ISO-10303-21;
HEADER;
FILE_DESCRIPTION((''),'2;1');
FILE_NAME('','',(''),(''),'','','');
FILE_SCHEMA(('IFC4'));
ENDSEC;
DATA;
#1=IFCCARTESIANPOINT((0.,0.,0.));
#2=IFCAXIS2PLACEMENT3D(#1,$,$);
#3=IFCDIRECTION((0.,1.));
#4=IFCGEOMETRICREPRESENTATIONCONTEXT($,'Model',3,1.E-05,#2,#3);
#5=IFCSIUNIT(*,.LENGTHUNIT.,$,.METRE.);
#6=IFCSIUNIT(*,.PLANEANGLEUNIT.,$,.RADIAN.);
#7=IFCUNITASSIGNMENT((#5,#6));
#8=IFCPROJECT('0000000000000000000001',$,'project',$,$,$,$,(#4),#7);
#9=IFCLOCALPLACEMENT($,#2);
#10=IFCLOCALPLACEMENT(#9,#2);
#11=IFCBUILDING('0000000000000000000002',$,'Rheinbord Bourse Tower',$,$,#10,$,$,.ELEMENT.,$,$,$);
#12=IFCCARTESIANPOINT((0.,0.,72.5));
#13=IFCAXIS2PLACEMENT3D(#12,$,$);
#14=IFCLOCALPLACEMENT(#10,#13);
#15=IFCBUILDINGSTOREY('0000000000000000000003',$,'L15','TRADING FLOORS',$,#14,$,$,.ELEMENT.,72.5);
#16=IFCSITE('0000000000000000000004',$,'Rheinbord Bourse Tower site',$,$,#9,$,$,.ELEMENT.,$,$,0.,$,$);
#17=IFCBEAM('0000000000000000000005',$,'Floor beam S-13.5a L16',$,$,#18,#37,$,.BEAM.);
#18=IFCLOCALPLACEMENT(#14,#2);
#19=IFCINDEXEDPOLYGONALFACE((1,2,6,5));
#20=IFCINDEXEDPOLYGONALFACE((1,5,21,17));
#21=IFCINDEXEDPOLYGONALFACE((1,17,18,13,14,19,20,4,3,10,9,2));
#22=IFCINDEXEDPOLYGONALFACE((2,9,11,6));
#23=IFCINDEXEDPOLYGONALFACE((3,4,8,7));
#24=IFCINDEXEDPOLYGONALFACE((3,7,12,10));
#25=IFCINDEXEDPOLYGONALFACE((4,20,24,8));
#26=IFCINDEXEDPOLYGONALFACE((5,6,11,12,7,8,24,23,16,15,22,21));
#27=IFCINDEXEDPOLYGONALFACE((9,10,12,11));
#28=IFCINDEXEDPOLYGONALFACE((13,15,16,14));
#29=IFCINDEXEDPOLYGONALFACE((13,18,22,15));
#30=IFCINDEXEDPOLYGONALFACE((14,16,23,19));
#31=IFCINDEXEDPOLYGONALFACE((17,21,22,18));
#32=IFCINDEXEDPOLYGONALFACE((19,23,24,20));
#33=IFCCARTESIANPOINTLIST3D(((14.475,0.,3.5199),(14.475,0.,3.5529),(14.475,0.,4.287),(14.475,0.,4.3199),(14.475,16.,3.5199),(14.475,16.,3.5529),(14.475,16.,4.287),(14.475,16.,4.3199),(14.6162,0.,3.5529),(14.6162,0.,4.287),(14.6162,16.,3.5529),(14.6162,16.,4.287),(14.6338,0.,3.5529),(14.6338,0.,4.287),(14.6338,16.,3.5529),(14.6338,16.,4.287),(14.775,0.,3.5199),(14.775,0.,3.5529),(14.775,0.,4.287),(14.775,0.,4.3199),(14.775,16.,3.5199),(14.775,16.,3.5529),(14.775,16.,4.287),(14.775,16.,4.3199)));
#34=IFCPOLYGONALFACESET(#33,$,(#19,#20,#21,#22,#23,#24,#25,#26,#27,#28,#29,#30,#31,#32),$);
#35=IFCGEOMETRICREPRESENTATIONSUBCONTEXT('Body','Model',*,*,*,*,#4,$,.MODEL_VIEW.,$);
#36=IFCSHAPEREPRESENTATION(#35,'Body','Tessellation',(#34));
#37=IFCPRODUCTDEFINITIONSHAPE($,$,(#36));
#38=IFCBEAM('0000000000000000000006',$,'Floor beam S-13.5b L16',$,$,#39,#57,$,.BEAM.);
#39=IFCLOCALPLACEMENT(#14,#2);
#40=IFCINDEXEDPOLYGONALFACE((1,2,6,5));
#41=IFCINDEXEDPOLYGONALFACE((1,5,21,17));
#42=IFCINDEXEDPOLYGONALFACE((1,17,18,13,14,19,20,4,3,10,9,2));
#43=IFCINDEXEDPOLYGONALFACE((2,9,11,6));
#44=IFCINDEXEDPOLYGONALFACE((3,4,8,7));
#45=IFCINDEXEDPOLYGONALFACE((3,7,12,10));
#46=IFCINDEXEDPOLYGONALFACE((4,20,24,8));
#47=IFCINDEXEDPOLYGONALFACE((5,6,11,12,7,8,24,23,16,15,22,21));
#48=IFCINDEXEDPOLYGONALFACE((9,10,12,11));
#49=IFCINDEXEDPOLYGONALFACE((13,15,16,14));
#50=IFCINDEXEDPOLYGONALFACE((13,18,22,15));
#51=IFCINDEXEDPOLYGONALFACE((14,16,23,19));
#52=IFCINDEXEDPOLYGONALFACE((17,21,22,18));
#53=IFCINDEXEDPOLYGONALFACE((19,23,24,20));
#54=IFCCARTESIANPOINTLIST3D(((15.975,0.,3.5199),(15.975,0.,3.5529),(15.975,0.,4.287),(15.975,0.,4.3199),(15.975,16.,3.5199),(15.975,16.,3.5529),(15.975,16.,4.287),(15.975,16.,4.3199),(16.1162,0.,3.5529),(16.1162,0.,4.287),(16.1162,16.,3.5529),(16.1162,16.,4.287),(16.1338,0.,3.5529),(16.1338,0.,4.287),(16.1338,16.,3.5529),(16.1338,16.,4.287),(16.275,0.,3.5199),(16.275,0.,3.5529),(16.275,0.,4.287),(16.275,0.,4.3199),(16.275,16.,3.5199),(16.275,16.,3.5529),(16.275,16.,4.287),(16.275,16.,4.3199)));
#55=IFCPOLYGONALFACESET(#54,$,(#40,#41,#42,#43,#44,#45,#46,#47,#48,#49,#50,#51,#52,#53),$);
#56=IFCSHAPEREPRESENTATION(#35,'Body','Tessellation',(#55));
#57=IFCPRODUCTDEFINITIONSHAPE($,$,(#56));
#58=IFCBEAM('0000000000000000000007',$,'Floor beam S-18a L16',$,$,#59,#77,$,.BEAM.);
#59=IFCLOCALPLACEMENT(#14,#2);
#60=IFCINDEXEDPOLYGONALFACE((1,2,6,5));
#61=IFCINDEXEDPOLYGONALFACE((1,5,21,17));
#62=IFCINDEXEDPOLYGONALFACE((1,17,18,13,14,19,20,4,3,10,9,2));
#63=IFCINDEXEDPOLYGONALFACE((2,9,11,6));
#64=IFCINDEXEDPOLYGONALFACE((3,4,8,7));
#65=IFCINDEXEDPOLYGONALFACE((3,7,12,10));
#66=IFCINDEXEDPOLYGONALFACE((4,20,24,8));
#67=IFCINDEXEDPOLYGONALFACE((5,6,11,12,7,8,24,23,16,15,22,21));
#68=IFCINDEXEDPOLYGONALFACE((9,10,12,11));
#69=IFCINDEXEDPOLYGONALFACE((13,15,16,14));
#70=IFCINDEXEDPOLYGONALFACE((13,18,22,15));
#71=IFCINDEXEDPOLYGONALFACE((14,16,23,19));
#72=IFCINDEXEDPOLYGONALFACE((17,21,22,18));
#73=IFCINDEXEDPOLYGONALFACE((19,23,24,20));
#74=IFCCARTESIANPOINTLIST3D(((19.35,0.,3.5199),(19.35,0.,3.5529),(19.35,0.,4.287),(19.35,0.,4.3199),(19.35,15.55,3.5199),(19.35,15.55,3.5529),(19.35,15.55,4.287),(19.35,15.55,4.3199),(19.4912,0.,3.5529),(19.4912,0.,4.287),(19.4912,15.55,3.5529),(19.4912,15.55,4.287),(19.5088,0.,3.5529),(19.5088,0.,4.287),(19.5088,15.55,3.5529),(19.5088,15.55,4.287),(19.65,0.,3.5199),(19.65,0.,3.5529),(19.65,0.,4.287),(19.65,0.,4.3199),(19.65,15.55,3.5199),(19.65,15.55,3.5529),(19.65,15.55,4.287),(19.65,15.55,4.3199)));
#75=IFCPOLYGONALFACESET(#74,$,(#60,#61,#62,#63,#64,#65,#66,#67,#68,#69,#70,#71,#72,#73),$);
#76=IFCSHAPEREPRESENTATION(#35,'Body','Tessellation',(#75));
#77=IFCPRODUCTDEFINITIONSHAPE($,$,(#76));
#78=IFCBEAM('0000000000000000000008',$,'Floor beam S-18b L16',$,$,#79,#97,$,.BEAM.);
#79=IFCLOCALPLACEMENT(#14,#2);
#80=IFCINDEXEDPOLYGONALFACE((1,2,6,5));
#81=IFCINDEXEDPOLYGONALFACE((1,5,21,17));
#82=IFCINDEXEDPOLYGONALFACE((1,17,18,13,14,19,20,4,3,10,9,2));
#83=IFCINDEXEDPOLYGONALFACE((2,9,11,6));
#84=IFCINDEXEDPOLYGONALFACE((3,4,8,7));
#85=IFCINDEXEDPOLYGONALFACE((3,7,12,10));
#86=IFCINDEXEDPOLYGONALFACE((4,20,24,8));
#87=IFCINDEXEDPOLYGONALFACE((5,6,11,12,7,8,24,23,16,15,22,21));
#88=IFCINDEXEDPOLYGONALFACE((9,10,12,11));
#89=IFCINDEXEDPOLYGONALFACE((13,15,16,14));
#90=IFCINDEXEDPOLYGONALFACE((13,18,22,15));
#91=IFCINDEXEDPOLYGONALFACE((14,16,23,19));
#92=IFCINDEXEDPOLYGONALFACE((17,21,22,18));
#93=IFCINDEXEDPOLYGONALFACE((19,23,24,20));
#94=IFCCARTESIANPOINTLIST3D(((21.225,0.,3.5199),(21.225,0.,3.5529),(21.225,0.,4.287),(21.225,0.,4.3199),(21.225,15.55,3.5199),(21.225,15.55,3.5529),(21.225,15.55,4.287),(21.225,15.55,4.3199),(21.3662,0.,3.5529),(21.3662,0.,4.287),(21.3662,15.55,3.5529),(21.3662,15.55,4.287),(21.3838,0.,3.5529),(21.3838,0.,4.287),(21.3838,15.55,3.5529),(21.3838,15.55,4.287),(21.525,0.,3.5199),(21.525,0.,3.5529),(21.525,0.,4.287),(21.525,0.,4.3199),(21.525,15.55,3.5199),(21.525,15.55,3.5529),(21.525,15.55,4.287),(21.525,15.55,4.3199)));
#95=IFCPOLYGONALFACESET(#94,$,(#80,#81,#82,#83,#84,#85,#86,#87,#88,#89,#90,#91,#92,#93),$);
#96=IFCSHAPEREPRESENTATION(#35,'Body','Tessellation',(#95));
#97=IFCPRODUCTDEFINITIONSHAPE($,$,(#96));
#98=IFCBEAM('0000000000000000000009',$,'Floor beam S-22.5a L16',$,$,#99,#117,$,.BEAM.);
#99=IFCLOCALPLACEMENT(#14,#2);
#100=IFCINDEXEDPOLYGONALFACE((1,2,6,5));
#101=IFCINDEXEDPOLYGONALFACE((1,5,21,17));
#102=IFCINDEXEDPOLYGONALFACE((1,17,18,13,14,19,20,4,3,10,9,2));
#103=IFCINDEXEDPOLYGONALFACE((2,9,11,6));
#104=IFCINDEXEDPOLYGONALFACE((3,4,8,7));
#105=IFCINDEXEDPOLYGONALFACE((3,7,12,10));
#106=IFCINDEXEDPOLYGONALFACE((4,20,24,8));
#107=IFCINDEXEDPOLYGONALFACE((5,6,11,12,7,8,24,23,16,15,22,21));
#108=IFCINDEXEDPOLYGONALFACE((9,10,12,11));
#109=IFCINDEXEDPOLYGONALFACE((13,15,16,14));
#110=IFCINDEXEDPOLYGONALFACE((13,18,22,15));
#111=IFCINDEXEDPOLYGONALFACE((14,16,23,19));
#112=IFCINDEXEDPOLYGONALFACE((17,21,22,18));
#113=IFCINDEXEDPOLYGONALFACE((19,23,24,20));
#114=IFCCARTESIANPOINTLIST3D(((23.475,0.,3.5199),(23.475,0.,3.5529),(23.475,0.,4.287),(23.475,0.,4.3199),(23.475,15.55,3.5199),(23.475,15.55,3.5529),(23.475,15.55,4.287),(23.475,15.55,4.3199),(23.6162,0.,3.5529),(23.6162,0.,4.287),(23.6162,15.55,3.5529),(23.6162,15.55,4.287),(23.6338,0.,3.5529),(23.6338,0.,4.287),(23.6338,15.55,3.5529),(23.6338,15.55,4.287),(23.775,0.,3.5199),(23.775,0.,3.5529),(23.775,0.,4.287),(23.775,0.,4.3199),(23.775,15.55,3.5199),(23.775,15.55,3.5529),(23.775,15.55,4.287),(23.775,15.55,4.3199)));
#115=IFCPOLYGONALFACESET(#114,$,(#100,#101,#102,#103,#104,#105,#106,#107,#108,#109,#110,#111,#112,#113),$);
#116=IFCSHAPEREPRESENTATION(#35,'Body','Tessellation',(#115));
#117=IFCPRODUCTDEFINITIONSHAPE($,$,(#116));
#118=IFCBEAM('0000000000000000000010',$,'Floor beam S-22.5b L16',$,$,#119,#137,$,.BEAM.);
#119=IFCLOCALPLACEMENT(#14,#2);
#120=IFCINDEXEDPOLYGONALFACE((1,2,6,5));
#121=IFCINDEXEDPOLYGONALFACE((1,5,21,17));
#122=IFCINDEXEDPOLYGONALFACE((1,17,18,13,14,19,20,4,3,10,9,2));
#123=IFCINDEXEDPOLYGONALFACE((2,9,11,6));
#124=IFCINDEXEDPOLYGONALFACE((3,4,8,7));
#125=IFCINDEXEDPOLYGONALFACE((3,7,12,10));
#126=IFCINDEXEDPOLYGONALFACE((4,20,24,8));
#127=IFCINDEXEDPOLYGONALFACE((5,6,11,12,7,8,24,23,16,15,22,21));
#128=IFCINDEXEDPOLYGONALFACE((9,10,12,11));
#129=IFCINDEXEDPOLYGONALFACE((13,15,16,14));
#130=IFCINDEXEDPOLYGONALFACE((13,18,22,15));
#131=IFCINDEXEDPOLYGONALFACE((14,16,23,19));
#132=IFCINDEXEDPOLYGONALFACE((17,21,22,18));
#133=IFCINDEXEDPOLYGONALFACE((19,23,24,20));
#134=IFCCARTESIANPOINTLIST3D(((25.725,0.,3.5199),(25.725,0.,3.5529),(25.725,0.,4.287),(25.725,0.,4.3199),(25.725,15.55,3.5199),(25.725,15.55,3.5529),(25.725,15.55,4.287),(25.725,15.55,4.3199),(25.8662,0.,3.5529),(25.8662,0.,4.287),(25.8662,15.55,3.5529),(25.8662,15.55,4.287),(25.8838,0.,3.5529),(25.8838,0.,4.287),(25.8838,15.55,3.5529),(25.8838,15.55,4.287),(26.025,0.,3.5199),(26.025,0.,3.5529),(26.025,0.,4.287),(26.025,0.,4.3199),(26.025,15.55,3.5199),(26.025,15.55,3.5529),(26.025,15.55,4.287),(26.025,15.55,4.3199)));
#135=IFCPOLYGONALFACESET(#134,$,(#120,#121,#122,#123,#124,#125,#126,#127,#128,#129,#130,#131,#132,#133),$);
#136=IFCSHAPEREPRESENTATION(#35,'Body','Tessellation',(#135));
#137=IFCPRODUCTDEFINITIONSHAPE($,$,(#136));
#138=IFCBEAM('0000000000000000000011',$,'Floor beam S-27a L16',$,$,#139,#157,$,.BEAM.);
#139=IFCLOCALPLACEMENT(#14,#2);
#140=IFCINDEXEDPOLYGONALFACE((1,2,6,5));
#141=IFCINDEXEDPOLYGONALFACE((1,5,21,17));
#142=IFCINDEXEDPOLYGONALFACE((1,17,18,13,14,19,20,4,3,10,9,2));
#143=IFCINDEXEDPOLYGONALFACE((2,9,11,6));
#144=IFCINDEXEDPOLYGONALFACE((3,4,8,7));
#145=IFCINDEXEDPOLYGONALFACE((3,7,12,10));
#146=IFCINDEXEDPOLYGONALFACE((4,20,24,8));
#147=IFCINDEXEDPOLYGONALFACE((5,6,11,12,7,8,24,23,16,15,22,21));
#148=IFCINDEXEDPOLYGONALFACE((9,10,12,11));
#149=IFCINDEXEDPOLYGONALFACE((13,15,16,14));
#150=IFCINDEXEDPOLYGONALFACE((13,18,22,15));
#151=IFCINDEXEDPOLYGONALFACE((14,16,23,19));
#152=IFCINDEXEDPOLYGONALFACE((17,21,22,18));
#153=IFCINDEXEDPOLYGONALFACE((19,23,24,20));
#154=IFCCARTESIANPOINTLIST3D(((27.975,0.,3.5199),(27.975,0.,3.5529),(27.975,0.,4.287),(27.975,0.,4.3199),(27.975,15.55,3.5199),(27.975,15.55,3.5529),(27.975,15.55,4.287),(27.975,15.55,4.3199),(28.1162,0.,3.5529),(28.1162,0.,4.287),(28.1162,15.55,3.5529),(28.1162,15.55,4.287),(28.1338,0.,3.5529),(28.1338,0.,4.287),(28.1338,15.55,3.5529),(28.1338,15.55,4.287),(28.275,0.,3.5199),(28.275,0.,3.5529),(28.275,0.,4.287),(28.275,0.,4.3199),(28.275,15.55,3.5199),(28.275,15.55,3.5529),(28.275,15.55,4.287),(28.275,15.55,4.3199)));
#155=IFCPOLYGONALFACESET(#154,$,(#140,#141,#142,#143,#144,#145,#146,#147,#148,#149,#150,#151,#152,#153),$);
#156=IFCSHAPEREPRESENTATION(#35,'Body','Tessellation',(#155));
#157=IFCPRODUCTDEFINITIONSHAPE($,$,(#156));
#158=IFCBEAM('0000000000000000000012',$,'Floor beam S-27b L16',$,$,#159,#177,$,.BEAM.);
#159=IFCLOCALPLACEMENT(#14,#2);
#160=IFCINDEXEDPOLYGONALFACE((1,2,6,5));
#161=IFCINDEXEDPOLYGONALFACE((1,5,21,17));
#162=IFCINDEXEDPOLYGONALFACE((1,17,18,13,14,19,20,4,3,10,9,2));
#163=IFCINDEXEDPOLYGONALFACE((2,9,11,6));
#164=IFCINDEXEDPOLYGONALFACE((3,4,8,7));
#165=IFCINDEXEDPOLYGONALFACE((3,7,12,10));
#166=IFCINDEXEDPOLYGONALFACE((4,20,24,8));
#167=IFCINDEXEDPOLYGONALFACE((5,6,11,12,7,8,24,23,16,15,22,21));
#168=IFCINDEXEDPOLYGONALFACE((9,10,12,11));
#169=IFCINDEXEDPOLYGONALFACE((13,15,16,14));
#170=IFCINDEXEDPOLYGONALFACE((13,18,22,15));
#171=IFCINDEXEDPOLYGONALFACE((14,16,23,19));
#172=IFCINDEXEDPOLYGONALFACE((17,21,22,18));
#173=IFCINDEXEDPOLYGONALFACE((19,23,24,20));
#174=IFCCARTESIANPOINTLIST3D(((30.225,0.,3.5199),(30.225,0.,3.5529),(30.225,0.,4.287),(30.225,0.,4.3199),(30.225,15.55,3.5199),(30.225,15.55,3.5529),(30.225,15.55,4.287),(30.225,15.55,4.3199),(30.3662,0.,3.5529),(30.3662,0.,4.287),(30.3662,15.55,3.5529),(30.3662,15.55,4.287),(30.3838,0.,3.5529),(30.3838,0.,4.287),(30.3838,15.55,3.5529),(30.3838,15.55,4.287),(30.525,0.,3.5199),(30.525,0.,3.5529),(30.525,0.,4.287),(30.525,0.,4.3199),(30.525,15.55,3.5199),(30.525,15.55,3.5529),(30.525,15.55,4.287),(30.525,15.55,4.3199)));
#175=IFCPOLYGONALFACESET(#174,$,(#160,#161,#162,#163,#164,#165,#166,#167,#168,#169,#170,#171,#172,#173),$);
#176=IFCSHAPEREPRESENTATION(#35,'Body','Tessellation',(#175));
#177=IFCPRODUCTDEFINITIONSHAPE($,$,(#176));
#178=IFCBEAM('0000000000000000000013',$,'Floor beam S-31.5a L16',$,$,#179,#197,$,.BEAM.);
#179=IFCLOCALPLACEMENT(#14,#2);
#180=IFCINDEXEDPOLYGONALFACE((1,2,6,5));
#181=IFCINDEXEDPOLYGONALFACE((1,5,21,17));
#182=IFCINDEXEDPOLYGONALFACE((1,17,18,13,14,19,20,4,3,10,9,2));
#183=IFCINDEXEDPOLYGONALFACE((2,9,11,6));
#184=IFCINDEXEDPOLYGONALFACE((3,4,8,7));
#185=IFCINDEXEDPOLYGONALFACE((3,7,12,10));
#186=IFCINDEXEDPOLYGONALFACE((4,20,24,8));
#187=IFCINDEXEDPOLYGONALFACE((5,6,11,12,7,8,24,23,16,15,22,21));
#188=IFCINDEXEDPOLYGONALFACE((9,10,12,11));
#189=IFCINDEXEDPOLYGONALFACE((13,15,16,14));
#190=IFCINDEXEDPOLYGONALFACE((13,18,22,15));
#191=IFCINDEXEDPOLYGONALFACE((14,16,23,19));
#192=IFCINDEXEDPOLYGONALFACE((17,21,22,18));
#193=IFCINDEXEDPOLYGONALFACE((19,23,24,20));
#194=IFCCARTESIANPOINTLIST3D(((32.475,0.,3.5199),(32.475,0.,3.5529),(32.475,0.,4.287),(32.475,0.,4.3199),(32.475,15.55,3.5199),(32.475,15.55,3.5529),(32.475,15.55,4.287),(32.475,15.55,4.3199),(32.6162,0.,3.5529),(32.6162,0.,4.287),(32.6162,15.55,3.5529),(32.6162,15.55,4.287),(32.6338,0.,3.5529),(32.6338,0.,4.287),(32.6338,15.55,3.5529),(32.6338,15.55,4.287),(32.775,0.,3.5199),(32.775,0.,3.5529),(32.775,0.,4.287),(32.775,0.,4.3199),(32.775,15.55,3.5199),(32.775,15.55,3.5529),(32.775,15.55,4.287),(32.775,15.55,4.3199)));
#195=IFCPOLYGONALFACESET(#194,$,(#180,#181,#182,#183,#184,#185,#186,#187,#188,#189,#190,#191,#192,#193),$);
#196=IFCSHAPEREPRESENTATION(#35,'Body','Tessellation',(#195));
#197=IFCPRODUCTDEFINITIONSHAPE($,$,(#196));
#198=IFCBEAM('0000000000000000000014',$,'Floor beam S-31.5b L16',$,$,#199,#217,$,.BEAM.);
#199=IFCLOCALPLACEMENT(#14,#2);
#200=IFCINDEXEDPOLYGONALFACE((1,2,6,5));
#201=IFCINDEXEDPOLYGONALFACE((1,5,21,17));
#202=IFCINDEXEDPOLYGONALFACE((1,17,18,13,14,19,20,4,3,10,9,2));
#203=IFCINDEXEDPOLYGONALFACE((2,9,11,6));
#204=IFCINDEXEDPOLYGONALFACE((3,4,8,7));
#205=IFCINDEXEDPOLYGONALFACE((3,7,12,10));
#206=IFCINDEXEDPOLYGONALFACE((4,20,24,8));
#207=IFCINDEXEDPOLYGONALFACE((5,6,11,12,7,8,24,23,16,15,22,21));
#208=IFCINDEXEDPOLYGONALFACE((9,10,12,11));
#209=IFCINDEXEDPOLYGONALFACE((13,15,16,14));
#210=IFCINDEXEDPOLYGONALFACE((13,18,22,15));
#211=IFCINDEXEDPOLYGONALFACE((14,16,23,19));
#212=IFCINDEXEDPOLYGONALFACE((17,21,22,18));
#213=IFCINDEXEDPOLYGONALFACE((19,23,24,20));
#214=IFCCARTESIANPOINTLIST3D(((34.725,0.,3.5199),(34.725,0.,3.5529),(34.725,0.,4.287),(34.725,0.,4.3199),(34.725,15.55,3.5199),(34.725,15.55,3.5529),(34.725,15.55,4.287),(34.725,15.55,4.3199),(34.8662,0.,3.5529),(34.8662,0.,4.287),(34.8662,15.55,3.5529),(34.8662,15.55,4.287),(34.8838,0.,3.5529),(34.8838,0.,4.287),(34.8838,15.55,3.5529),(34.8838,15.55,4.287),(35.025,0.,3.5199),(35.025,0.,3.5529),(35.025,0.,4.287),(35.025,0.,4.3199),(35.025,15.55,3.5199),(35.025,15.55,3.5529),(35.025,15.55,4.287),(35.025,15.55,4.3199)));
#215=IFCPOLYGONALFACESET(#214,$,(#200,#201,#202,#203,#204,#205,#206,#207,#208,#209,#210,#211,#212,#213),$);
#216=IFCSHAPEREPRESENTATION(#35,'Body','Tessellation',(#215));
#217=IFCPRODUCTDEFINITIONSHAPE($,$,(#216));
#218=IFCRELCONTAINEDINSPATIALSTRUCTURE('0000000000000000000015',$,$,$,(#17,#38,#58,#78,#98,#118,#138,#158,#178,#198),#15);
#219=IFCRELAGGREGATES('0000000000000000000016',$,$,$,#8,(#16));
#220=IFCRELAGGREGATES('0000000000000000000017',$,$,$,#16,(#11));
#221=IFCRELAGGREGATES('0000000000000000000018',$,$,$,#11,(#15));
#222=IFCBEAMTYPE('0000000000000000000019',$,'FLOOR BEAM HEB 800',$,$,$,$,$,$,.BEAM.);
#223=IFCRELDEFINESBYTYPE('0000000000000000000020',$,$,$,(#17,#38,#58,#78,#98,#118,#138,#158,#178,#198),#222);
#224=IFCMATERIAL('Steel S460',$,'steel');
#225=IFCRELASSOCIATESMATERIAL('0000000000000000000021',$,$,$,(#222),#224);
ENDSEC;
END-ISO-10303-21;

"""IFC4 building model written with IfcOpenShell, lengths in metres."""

from ifc_helpers import new_model, si_unit, direction, frame, origin, origin_2d, place, context, subcontext, project, spatial, i_section, extrude, material, material_profile, profile_set, type_object, element, save


model = new_model("IFC4")

# Units and contexts
model_context = context("Model", 3, precision=1e-05, world=origin(), true_north=direction((0.0, 1.0)))
body_context = subcontext(model_context, "Body", "Model", "MODEL_VIEW")
ifc_project = project(units=[si_unit("LENGTHUNIT", "METRE"), si_unit("PLANEANGLEUNIT", "RADIAN")], contexts=[model_context])

# Site, building, storey
site_placement = place(None, origin())
site = spatial("IfcSite", under=ifc_project, at=site_placement, Name="Rheinbord Bourse Tower site", CompositionType="ELEMENT", RefElevation=0.0)
building_placement = place(site_placement, origin())
building = spatial("IfcBuilding", under=site, at=building_placement, Name="Rheinbord Bourse Tower", CompositionType="ELEMENT")
storey_placement = place(building_placement, frame((0.0, 0.0, 72.5)))
storey = spatial("IfcBuildingStorey", under=building, at=storey_placement, Name="L15", Description="TRADING FLOORS", CompositionType="ELEMENT", Elevation=72.5)

# Beams
ifc_material_1 = material(Name="Steel S460", Category="steel")
ifc_material_profile_1 = material_profile(ifc_material_1, i_section(OverallWidth=0.3, OverallDepth=0.8, WebThickness=0.0176, FlangeThickness=0.033, at=origin_2d()), Name="HEB 800")
ifc_profile_set_1 = profile_set([ifc_material_profile_1], Name="Steel S460")
beam_type_1 = type_object("IfcBeamType", Name="FLOOR BEAM HEB 800", PredefinedType="BEAM", material=ifc_profile_set_1)
for number, where, z_axis, x_axis, name in (
    (1, (14.625, 0.0, 3.9199), (0.0, 1.0, 0.0), (-1.0, 0.0, 0.0), "Floor beam S-13.5a L16"),
    (2, (16.125, 0.0, 3.9199), (0.0, 1.0, 0.0), (-1.0, 0.0, 0.0), "Floor beam S-13.5b L16"),
):
    element("IfcBeam", number, at=place(storey_placement, frame(where, z_axis=z_axis, x_axis=x_axis)), inside=storey, type_object=beam_type_1, Name=name, PredefinedType="BEAM", context=body_context, shape_type="SweptSolid", body=[
        extrude(i_section(OverallWidth=0.3, OverallDepth=0.8, WebThickness=0.0176, FlangeThickness=0.033, at=origin_2d()), origin(), (0.0, 0.0, 1.0), 16.0),
    ])
for number, where, z_axis, x_axis, name in (
    (3, (19.5, 0.0, 3.9199), (0.0, 1.0, 0.0), (-1.0, 0.0, 0.0), "Floor beam S-18a L16"),
    (4, (21.375, 0.0, 3.9199), (0.0, 1.0, 0.0), (-1.0, 0.0, 0.0), "Floor beam S-18b L16"),
    (5, (23.625, 0.0, 3.9199), (0.0, 1.0, 0.0), (-1.0, 0.0, 0.0), "Floor beam S-22.5a L16"),
    (6, (25.875, 0.0, 3.9199), (0.0, 1.0, 0.0), (-1.0, 0.0, 0.0), "Floor beam S-22.5b L16"),
    (7, (28.125, 0.0, 3.9199), (0.0, 1.0, 0.0), (-1.0, 0.0, 0.0), "Floor beam S-27a L16"),
    (8, (30.375, 0.0, 3.9199), (0.0, 1.0, 0.0), (-1.0, 0.0, 0.0), "Floor beam S-27b L16"),
    (9, (32.625, 0.0, 3.9199), (0.0, 1.0, 0.0), (-1.0, 0.0, 0.0), "Floor beam S-31.5a L16"),
    (10, (34.875, 0.0, 3.9199), (0.0, 1.0, 0.0), (-1.0, 0.0, 0.0), "Floor beam S-31.5b L16"),
):
    element("IfcBeam", number, at=place(storey_placement, frame(where, z_axis=z_axis, x_axis=x_axis)), inside=storey, type_object=beam_type_1, Name=name, PredefinedType="BEAM", context=body_context, shape_type="SweptSolid", body=[
        extrude(i_section(OverallWidth=0.3, OverallDepth=0.8, WebThickness=0.0176, FlangeThickness=0.033, at=origin_2d()), origin(), (0.0, 0.0, 1.0), 15.55),
    ])

save(model, "model.ifc")
